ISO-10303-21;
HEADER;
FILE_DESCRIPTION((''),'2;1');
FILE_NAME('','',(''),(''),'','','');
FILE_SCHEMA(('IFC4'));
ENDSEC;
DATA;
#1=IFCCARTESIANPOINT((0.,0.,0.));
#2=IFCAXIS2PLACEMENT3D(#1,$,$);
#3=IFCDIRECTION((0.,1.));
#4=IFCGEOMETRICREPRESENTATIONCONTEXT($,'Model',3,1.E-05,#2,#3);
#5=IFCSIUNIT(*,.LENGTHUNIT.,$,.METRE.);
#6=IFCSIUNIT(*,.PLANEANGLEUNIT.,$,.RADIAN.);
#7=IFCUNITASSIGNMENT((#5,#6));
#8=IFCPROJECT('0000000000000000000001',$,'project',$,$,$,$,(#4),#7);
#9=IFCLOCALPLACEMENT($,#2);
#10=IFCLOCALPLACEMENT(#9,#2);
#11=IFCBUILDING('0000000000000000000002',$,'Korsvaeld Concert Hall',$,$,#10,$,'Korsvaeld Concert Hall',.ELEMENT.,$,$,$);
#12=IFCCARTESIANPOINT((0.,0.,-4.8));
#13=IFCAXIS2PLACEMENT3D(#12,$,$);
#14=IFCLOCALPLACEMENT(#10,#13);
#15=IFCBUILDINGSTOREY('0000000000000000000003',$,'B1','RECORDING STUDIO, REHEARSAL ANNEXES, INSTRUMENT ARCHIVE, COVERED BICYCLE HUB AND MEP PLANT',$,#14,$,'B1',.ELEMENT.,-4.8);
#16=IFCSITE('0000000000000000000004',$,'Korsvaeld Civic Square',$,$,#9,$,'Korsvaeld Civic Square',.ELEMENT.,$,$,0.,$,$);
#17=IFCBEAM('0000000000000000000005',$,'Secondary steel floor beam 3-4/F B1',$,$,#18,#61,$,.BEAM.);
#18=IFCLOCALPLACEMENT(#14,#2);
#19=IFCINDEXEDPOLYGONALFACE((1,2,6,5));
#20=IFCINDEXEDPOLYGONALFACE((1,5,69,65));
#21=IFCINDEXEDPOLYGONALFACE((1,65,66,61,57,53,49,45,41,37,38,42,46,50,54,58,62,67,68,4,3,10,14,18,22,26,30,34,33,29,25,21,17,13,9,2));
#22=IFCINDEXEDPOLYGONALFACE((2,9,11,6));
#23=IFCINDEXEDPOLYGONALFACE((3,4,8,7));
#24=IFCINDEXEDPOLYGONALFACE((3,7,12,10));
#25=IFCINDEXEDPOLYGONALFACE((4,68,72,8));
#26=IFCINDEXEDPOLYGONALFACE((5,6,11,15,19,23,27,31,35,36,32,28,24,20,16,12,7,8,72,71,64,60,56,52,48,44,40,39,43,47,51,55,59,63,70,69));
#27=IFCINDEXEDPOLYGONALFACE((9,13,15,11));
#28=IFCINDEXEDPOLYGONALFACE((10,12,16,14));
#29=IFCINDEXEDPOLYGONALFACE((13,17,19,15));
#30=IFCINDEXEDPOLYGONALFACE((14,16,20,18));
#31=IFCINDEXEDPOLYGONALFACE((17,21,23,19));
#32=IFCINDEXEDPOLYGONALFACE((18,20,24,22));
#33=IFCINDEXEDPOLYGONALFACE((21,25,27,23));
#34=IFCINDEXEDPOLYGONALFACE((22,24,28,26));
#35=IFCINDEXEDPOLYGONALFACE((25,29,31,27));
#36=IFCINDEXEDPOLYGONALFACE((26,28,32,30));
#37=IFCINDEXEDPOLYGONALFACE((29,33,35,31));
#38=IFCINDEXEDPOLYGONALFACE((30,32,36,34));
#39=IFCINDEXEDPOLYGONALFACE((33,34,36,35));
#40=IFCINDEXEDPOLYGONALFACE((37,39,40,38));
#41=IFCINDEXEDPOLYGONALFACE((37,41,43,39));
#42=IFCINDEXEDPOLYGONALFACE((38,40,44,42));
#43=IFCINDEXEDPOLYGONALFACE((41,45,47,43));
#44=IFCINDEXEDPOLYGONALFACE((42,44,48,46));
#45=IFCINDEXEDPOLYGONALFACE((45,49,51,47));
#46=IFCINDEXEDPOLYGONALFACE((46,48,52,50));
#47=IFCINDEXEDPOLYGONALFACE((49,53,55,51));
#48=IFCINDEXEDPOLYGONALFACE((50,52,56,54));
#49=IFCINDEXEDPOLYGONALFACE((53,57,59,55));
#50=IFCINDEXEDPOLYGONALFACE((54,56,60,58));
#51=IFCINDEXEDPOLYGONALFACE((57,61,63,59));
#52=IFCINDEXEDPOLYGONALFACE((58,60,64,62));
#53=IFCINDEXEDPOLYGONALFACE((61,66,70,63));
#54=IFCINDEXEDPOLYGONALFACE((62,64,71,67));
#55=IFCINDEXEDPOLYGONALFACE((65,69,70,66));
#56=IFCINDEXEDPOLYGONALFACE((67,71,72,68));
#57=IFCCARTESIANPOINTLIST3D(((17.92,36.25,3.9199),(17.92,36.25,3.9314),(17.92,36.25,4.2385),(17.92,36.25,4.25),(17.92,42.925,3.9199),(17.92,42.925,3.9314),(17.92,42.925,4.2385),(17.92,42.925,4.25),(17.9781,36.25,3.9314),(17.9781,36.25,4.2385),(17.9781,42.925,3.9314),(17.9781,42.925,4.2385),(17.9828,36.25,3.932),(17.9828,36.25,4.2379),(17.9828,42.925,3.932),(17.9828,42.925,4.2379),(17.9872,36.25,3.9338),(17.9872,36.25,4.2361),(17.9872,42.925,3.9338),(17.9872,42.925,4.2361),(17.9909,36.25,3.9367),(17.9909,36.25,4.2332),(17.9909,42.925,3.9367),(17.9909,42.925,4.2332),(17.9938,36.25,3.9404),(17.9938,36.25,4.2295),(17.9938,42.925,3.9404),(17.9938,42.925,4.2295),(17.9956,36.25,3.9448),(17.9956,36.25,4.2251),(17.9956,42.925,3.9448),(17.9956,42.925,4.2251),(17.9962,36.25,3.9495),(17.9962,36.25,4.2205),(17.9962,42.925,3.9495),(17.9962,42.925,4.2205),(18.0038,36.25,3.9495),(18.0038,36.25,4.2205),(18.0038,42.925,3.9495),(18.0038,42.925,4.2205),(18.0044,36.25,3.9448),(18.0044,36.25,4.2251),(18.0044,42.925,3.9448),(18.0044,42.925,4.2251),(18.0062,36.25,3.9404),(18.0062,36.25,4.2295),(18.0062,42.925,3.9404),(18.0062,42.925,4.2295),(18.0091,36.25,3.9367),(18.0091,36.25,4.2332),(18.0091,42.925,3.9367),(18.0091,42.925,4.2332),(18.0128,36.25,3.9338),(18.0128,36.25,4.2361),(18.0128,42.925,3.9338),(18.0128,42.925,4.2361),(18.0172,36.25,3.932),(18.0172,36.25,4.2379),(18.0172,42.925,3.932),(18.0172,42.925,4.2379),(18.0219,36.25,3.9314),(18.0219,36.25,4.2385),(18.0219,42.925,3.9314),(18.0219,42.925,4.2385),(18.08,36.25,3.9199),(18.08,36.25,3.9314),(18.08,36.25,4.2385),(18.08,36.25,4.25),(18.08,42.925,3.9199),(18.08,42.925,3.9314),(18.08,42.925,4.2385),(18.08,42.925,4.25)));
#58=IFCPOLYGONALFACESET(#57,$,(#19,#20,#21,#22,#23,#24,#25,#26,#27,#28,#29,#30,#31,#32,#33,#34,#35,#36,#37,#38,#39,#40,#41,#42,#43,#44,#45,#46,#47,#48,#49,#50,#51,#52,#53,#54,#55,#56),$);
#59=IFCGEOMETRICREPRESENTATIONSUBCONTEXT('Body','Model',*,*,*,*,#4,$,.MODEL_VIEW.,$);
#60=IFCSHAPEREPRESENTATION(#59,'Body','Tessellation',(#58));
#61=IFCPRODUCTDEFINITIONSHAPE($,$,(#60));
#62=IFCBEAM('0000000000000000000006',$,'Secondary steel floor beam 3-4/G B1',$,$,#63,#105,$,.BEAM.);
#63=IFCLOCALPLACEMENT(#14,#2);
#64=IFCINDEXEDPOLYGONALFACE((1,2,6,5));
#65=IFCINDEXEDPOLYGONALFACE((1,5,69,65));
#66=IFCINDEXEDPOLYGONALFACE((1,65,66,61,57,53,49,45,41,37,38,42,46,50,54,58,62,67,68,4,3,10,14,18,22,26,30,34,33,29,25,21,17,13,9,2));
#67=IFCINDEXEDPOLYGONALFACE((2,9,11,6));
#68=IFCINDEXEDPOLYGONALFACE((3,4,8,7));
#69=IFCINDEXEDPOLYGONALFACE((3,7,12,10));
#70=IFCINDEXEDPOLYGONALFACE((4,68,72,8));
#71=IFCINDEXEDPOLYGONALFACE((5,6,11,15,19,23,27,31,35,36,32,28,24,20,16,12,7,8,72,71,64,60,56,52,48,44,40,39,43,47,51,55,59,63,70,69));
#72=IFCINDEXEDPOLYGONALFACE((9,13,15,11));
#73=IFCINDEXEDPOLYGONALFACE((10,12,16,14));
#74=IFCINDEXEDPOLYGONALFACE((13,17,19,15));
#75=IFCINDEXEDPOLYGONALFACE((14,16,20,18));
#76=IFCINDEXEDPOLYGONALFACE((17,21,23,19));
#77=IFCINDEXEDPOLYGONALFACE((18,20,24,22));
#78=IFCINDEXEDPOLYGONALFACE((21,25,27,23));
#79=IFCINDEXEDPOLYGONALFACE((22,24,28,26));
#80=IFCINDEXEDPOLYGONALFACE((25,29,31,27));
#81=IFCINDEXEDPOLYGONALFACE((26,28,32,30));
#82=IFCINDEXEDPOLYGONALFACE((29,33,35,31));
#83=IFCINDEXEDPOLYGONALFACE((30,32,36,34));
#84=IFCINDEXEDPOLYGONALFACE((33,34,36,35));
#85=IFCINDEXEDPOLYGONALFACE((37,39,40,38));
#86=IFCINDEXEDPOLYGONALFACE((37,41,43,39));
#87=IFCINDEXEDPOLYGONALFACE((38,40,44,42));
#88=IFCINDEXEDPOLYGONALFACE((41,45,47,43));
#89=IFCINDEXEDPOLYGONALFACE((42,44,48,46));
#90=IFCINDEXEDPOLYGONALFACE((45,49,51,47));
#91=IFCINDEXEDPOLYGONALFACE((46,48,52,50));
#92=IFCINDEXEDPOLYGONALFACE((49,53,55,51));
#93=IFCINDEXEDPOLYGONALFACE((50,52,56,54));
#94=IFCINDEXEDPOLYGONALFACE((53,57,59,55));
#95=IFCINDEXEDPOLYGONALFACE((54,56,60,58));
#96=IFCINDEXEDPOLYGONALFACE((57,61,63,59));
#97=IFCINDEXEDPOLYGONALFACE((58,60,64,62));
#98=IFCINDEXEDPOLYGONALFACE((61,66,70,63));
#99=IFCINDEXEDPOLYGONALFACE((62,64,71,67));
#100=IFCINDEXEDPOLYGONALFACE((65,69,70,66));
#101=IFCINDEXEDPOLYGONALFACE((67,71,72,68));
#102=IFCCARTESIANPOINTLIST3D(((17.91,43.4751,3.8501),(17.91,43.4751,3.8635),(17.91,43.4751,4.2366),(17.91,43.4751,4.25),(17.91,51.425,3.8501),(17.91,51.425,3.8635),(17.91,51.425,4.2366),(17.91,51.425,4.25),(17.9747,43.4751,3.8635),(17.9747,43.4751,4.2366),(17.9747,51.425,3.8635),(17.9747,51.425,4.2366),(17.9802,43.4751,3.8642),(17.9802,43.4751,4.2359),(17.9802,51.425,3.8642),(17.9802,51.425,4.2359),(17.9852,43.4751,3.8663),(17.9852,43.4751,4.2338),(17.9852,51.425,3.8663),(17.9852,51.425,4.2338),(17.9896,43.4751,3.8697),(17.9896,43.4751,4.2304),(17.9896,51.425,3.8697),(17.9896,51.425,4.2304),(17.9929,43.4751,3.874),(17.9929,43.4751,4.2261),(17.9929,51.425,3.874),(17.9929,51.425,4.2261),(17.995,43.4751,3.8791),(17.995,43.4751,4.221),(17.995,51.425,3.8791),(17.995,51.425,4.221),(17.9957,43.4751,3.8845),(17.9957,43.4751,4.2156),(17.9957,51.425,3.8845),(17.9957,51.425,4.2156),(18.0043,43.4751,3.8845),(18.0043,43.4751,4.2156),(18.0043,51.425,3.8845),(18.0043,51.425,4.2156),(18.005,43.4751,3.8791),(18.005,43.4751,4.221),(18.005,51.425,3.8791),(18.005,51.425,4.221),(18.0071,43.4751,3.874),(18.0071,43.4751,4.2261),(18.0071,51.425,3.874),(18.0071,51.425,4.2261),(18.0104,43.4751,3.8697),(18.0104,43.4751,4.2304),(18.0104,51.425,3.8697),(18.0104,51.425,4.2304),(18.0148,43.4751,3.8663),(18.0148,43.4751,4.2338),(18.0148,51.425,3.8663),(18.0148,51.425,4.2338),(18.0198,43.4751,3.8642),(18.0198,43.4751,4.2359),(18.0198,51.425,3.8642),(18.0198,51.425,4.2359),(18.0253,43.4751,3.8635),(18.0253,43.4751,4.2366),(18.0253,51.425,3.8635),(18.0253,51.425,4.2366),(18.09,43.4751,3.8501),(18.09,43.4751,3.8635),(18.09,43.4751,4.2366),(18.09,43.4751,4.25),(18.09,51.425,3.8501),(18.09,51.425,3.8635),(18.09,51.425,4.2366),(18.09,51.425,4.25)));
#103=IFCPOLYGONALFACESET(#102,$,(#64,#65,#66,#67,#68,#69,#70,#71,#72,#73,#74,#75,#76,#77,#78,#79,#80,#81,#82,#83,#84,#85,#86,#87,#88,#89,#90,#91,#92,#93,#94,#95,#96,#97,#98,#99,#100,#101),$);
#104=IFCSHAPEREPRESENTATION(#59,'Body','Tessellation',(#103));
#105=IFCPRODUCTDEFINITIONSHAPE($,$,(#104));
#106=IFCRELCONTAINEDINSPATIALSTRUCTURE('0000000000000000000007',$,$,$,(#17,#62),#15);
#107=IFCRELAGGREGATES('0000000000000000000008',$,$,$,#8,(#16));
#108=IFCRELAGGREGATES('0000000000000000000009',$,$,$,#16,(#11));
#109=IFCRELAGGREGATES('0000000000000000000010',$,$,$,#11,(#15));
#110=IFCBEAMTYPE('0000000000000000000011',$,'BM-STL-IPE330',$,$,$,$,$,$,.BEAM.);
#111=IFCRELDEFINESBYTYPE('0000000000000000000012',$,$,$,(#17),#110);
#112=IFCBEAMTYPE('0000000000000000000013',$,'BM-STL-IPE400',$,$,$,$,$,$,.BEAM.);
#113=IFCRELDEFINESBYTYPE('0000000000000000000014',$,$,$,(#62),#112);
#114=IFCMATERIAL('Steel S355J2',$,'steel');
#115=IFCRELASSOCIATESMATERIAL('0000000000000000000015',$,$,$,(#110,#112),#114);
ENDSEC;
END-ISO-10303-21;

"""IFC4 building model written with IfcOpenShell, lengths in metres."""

from ifc_helpers import new_model, si_unit, direction, frame, origin, origin_2d, place, context, subcontext, project, spatial, i_section, extrude, material, material_profile, profile_set, type_object, element, save


model = new_model("IFC4")

# Units and contexts
model_context = context("Model", 3, precision=1e-05, world=origin(), true_north=direction((0.0, 1.0)))
body_context = subcontext(model_context, "Body", "Model", "MODEL_VIEW")
ifc_project = project(units=[si_unit("LENGTHUNIT", "METRE"), si_unit("PLANEANGLEUNIT", "RADIAN")], contexts=[model_context])

# Site, building, storey
site_placement = place(None, origin())
site = spatial("IfcSite", under=ifc_project, at=site_placement, Name="Korsvaeld Civic Square", LongName="Korsvaeld Civic Square", CompositionType="ELEMENT", RefElevation=0.0)
building_placement = place(site_placement, origin())
building = spatial("IfcBuilding", under=site, at=building_placement, Name="Korsvaeld Concert Hall", LongName="Korsvaeld Concert Hall", CompositionType="ELEMENT")
storey_placement = place(building_placement, frame((0.0, 0.0, -4.8)))
storey = spatial("IfcBuildingStorey", under=building, at=storey_placement, Name="B1", Description="RECORDING STUDIO, REHEARSAL ANNEXES, INSTRUMENT ARCHIVE, COVERED BICYCLE HUB AND MEP PLANT", LongName="B1", CompositionType="ELEMENT", Elevation=-4.8)

# Beams
ifc_material_1 = material(Name="Steel S355J2", Category="steel")
ifc_material_profile_1 = material_profile(ifc_material_1, i_section(OverallWidth=0.1599, OverallDepth=0.3301, WebThickness=0.0076, FlangeThickness=0.0115, FilletRadius=0.0181, at=origin_2d()), Name="IPE 330")
ifc_profile_set_1 = profile_set([ifc_material_profile_1], Name="Steel S355J2")
beam_type_1 = type_object("IfcBeamType", Name="BM-STL-IPE330", PredefinedType="BEAM", material=ifc_profile_set_1)
beam_1_placement = place(storey_placement, frame((18.0, 36.25, 4.085), z_axis=(0.0, 1.0, 0.0), x_axis=(-1.0, 0.0, 0.0)))
element("IfcBeam", 1, at=beam_1_placement, inside=storey, type_object=beam_type_1, Name="Secondary steel floor beam 3-4/F B1", PredefinedType="BEAM", context=body_context, shape_type="SweptSolid", body=[
    extrude(i_section(OverallWidth=0.1599, OverallDepth=0.3301, WebThickness=0.0076, FlangeThickness=0.0115, FilletRadius=0.0181, at=origin_2d()), origin(), (0.0, 0.0, 1.0), 6.675),
])
ifc_material_profile_2 = material_profile(ifc_material_1, i_section(OverallWidth=0.1799, OverallDepth=0.3999, WebThickness=0.0085, FlangeThickness=0.0134, FilletRadius=0.021, at=origin_2d()), Name="IPE 400")
ifc_profile_set_2 = profile_set([ifc_material_profile_2], Name="Steel S355J2")
beam_type_2 = type_object("IfcBeamType", Name="BM-STL-IPE400", PredefinedType="BEAM", material=ifc_profile_set_2)
beam_2_placement = place(storey_placement, frame((18.0, 43.4751, 4.05), z_axis=(0.0, 1.0, 0.0), x_axis=(-1.0, 0.0, 0.0)))
element("IfcBeam", 2, at=beam_2_placement, inside=storey, type_object=beam_type_2, Name="Secondary steel floor beam 3-4/G B1", PredefinedType="BEAM", context=body_context, shape_type="SweptSolid", body=[
    extrude(i_section(OverallWidth=0.1799, OverallDepth=0.3999, WebThickness=0.0085, FlangeThickness=0.0134, FilletRadius=0.021, at=origin_2d()), origin(), (0.0, 0.0, 1.0), 7.95),
])

save(model, "model.ifc")
